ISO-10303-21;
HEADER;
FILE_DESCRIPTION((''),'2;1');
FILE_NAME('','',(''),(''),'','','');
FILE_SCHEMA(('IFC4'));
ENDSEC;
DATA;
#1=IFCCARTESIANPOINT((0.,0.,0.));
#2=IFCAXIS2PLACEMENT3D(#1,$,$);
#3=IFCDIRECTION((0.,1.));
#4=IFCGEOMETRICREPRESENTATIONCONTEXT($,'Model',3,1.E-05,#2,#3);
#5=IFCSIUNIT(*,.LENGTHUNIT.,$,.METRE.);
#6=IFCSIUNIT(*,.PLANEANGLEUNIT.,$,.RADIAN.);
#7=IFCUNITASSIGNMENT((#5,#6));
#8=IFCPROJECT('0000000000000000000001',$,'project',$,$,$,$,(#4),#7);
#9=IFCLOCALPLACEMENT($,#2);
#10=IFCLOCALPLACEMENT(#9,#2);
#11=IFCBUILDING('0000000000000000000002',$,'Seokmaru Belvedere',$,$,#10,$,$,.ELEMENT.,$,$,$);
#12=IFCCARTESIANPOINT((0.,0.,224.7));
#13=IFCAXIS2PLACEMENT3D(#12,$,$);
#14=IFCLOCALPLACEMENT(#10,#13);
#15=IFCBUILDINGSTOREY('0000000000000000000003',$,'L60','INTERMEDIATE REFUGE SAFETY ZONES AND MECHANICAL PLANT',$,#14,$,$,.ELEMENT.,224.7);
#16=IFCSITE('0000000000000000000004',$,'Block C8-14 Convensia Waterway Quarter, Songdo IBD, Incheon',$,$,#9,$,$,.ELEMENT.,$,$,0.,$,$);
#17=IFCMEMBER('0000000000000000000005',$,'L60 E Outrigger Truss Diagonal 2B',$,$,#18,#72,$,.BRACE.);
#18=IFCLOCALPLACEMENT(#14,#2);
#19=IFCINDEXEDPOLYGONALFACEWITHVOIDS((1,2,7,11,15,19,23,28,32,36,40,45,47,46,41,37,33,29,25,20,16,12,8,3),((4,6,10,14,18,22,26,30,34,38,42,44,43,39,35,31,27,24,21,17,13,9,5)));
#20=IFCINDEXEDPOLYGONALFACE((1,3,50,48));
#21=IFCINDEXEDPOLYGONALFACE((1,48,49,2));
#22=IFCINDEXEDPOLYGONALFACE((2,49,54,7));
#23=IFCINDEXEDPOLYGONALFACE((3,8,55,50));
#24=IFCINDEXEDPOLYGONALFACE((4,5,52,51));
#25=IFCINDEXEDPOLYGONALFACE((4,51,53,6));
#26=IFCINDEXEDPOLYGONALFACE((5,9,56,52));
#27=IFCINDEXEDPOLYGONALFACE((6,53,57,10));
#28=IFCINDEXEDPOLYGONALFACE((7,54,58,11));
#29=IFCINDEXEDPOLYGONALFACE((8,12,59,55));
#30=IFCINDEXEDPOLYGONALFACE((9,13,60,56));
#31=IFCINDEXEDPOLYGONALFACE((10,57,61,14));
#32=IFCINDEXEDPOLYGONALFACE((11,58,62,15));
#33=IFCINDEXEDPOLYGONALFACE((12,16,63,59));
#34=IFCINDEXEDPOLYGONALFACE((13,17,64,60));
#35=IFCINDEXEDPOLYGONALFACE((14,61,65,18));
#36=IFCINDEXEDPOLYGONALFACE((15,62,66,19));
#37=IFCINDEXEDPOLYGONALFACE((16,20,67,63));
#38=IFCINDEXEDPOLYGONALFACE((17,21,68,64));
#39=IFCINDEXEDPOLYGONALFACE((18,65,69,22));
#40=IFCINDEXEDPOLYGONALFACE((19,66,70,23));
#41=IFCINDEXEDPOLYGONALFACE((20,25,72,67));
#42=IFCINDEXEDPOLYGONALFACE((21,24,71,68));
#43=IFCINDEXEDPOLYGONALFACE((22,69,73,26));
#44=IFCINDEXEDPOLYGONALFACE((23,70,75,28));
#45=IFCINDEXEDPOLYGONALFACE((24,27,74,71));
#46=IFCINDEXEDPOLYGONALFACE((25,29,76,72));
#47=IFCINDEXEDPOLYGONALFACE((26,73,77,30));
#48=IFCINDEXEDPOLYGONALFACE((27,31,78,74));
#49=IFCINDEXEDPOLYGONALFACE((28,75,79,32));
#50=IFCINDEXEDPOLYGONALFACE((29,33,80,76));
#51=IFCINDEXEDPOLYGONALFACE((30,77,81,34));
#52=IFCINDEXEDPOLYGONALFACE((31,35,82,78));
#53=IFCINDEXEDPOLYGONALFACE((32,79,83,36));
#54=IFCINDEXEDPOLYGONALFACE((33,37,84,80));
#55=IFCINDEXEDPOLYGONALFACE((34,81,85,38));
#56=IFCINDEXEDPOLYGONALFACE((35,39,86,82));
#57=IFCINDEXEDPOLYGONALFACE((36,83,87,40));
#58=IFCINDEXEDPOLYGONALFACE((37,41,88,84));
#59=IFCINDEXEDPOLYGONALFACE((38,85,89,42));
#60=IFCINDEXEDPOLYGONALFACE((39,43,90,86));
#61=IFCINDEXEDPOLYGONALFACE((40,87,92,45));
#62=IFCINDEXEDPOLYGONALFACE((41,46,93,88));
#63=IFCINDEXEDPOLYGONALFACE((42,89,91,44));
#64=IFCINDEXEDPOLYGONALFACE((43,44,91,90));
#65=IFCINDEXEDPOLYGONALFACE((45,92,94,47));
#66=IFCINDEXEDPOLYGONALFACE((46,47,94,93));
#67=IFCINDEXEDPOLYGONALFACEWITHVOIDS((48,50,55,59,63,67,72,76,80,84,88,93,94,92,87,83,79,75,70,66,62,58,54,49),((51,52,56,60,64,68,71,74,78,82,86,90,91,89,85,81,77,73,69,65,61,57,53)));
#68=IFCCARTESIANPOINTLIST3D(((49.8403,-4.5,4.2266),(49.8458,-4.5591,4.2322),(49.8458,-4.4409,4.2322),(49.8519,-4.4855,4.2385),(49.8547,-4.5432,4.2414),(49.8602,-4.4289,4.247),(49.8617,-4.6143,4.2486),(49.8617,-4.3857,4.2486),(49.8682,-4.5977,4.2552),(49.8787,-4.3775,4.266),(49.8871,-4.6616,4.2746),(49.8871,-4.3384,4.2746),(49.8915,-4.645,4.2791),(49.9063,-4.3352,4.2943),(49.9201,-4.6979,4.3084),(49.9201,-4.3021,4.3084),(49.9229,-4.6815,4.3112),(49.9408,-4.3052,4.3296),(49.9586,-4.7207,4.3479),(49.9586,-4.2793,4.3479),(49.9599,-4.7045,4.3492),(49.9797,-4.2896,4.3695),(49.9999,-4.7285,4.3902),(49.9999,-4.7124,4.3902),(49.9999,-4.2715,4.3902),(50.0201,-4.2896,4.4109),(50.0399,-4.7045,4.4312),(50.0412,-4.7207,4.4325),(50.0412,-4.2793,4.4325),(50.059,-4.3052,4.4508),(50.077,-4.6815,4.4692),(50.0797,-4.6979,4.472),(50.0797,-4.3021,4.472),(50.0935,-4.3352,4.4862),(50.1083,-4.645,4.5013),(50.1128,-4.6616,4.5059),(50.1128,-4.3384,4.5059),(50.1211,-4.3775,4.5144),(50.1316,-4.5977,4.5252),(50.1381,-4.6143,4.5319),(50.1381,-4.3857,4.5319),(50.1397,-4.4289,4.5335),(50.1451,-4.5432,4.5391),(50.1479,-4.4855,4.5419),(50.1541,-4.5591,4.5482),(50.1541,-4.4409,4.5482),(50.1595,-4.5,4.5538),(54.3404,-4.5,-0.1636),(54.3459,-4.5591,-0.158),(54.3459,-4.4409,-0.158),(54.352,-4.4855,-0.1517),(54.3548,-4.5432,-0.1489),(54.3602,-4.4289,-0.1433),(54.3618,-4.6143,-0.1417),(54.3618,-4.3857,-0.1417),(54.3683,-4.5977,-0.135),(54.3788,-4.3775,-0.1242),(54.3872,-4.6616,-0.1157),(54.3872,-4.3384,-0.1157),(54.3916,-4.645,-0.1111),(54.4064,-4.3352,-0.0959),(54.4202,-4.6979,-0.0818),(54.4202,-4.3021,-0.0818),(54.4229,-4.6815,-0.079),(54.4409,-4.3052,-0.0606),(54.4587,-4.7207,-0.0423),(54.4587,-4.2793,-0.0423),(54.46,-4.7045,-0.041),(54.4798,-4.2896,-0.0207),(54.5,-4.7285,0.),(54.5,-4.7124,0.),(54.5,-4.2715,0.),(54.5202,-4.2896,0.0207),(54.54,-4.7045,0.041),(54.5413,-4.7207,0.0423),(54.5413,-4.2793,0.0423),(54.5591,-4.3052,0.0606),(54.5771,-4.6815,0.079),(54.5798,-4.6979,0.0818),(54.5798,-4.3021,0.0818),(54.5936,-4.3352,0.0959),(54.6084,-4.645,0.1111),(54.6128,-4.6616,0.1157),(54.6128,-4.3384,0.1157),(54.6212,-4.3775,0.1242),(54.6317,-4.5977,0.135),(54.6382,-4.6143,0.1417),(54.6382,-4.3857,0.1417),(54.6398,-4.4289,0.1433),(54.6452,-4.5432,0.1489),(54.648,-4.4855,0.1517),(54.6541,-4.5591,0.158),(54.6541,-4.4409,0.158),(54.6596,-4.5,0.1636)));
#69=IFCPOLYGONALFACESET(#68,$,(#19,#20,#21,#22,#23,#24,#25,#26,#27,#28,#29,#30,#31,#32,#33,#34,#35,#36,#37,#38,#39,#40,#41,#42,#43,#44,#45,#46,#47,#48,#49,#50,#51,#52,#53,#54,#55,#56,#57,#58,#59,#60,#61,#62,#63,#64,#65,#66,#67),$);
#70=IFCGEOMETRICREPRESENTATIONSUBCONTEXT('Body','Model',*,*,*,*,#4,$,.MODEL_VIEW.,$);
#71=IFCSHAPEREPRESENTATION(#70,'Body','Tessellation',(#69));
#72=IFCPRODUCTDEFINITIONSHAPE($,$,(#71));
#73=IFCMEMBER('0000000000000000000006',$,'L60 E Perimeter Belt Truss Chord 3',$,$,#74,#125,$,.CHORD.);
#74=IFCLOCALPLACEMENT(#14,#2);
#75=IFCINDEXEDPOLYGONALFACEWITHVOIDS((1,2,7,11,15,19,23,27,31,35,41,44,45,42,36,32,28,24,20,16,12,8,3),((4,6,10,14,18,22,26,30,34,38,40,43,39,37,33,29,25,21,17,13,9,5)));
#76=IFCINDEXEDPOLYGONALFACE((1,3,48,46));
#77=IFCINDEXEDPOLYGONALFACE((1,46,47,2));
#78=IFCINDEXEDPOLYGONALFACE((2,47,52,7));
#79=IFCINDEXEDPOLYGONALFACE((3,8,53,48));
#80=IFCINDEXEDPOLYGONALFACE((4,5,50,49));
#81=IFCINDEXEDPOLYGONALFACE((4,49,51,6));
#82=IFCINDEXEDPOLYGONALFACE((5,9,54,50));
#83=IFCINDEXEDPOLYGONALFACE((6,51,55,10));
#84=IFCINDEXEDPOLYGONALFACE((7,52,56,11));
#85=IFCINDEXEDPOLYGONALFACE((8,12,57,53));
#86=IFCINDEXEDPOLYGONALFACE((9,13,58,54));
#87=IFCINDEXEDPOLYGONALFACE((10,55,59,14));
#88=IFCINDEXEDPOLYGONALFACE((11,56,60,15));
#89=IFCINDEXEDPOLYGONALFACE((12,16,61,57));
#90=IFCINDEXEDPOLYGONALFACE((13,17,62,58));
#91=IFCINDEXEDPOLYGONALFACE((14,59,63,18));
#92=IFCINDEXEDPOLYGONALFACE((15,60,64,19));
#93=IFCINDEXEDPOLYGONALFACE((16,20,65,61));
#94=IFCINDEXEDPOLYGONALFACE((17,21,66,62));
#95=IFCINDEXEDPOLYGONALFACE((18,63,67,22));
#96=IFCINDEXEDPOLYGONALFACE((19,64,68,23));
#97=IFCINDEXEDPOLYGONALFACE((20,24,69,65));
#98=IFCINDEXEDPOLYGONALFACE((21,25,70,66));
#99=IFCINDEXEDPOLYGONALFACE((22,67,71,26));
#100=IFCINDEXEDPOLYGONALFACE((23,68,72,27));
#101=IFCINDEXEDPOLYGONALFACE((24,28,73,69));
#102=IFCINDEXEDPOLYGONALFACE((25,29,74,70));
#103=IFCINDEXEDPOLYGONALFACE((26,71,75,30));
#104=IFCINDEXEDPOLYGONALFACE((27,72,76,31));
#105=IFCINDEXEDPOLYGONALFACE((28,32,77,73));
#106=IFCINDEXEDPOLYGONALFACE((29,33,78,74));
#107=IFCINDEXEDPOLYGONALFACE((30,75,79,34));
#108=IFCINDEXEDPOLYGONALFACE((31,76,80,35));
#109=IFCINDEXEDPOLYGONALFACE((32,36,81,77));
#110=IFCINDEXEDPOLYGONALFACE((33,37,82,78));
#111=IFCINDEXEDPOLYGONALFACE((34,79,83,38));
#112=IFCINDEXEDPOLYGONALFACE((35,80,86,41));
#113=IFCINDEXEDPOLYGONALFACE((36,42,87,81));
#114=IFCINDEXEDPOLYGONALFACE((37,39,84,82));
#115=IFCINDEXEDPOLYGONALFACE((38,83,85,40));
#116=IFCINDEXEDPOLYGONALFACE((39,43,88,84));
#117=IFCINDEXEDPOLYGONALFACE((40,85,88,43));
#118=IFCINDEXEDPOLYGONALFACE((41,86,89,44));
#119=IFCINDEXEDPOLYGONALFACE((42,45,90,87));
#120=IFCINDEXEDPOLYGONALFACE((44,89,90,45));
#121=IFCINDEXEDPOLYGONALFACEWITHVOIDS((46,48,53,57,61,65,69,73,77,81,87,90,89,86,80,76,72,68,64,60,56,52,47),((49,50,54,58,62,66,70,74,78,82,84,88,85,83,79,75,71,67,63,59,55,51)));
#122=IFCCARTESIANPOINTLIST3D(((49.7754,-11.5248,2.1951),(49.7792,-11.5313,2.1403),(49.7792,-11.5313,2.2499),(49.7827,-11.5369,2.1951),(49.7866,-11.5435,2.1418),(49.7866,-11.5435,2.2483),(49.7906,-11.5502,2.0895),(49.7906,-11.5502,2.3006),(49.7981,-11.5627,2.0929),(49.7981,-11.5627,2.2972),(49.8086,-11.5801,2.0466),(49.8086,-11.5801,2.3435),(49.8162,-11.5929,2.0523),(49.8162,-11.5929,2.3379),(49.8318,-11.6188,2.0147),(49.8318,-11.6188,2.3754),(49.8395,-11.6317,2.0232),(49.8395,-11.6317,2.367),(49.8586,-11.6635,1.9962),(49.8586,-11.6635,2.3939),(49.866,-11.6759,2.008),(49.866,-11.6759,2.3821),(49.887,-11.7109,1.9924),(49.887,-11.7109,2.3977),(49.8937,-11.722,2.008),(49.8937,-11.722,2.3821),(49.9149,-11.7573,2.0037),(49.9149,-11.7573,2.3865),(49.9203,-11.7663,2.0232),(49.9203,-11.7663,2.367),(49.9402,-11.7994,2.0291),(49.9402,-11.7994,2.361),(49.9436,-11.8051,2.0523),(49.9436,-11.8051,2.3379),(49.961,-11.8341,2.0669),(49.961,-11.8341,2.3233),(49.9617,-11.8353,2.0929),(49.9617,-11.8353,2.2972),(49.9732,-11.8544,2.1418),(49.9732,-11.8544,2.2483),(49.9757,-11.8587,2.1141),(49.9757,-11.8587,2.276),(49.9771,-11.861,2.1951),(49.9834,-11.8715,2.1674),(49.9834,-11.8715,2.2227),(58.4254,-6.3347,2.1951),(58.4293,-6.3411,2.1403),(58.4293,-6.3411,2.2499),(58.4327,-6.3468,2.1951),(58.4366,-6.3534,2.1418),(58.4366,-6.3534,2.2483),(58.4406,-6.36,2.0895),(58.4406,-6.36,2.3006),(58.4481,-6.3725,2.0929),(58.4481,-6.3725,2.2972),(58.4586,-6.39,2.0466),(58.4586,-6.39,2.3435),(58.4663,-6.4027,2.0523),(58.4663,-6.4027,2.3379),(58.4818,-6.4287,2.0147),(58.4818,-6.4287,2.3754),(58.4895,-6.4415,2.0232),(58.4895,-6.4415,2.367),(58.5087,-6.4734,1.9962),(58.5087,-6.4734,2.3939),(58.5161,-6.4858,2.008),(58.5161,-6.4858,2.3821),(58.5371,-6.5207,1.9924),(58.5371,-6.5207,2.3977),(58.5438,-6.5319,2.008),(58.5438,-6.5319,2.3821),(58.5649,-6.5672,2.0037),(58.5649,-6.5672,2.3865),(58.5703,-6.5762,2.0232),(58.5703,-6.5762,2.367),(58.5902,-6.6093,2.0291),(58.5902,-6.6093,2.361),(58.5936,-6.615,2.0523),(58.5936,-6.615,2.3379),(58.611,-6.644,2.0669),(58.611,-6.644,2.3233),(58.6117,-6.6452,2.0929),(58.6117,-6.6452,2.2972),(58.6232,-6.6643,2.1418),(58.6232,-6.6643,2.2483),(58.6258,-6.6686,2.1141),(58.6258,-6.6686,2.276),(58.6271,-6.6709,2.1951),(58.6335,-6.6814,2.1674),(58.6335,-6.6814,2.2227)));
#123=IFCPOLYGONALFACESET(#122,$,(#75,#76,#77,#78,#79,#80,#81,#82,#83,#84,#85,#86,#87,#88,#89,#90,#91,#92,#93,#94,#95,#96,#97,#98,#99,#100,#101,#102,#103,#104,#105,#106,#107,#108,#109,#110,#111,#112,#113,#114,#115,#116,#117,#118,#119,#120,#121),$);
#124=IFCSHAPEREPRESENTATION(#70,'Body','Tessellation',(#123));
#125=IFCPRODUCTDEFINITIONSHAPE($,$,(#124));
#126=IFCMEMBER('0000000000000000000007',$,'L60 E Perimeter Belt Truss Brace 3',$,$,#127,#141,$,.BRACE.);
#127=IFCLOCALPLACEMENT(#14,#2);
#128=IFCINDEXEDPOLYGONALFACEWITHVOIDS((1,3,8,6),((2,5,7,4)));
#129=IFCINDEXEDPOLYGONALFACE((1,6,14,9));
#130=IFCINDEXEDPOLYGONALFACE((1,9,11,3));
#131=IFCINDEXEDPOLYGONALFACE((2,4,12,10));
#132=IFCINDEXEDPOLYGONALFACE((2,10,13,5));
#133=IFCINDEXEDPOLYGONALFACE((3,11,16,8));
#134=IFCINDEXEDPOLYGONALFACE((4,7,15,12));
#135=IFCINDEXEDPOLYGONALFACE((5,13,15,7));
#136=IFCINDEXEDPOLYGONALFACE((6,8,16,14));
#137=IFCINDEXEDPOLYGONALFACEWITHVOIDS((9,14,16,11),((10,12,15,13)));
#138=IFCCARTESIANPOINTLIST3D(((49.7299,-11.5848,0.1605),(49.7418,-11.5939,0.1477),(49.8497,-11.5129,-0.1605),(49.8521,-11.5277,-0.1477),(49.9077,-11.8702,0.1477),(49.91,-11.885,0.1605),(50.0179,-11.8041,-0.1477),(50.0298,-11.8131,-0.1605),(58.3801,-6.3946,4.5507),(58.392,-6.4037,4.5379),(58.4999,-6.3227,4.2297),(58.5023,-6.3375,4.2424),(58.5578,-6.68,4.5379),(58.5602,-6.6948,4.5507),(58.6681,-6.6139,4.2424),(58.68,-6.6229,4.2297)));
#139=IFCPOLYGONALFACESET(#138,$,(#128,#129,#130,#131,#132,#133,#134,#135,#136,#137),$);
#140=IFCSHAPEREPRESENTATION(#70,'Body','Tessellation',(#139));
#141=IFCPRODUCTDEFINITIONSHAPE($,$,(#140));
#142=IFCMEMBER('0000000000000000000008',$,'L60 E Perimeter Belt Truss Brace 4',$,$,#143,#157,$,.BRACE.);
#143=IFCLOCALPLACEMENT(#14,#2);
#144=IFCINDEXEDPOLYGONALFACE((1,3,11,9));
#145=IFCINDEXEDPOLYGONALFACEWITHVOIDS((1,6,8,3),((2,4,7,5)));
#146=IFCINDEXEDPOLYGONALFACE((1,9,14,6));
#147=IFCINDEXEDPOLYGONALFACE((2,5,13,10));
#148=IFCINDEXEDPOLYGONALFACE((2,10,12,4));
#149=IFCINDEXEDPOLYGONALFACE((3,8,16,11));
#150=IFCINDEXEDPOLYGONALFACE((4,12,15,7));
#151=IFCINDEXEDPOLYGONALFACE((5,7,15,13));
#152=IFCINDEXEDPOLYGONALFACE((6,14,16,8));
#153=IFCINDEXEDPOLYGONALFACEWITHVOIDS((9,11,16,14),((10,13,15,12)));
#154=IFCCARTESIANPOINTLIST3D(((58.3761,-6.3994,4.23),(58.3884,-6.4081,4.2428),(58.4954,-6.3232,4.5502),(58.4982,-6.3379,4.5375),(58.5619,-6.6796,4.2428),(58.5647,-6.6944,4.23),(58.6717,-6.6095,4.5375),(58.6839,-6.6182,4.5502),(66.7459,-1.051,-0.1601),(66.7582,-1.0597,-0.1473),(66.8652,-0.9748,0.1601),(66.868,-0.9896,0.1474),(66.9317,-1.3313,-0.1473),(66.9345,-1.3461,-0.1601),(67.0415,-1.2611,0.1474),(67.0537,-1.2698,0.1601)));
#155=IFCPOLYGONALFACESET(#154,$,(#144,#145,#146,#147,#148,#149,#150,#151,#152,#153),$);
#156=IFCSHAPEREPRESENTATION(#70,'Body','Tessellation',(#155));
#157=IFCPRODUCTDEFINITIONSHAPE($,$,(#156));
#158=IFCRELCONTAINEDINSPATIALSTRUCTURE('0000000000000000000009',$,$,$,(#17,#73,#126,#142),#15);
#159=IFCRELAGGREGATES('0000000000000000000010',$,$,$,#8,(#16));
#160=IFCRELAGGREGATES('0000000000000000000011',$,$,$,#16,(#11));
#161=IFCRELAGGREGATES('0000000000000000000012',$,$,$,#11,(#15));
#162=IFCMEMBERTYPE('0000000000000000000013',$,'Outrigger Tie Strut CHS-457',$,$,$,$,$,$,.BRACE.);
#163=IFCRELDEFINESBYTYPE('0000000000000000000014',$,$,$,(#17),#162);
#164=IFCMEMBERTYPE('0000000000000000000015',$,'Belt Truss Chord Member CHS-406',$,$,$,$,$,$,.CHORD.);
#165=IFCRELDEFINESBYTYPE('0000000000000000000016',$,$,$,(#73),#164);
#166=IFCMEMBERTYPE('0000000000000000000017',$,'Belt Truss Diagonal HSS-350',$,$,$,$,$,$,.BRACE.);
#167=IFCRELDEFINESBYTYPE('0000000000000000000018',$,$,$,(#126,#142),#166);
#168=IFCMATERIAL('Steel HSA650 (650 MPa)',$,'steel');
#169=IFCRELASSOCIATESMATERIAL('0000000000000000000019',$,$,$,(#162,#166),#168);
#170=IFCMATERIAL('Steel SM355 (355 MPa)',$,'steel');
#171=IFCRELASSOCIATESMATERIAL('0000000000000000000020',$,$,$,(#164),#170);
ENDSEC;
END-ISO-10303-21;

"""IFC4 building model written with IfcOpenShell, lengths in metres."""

from ifc_helpers import new_model, si_unit, direction, frame, origin, origin_2d, place, context, subcontext, project, spatial, hollow_rectangle, hollow_circle, extrude, source, transform, mapped, material, material_profile, profile_set, type_object, type_shapes, element, save


model = new_model("IFC4")

# Units and contexts
model_context = context("Model", 3, precision=1e-05, world=origin(), true_north=direction((0.0, 1.0)))
body_context = subcontext(model_context, "Body", "Model", "MODEL_VIEW")
ifc_project = project(units=[si_unit("LENGTHUNIT", "METRE"), si_unit("PLANEANGLEUNIT", "RADIAN")], contexts=[model_context])

# Site, building, storey
site_placement = place(None, origin())
site = spatial("IfcSite", under=ifc_project, at=site_placement, Name="Block C8-14 Convensia Waterway Quarter, Songdo IBD, Incheon", CompositionType="ELEMENT", RefElevation=0.0)
building_placement = place(site_placement, origin())
building = spatial("IfcBuilding", under=site, at=building_placement, Name="Seokmaru Belvedere", CompositionType="ELEMENT")
storey_placement = place(building_placement, frame((0.0, 0.0, 224.7)))
storey = spatial("IfcBuildingStorey", under=building, at=storey_placement, Name="L60", Description="INTERMEDIATE REFUGE SAFETY ZONES AND MECHANICAL PLANT", CompositionType="ELEMENT", Elevation=224.7)

# Shared definitions
ifc_material_1 = material(Name="Steel SM355 (355 MPa)", Category="steel")

# Members
ifc_material_2 = material(Name="Steel HSA650 (650 MPa)", Category="steel")
ifc_material_profile_1 = material_profile(ifc_material_2, hollow_circle(Radius=0.2285, WallThickness=0.0161, at=origin_2d()), Name="CHS-457.2x16.0")
ifc_profile_set_1 = profile_set([ifc_material_profile_1], Name="Steel HSA650 (650 MPa)")
member_type_1 = type_object("IfcMemberType", Name="Outrigger Tie Strut CHS-457", PredefinedType="BRACE", material=ifc_profile_set_1)
shared_shape_1 = source(origin(), body_context, "Body", "SweptSolid", [
    extrude(hollow_circle(Radius=0.2285, WallThickness=0.0161, at=origin_2d()), origin(), (0.0, 0.0, 1.0), 6.2869),
])
type_shapes(member_type_1, [shared_shape_1])
for number, where, z_axis, x_axis, name in (
    (1, (54.5, -4.5, 0.0), (-0.71579, 0.0, 0.698315), (0.0, -1.0, 0.0), "L60 E Outrigger Truss Diagonal 2B"),
):
    element("IfcMember", number, at=place(storey_placement, frame(where, z_axis=z_axis, x_axis=x_axis)), inside=storey, type_object=member_type_1, Name=name, PredefinedType="BRACE", context=body_context, shape_type="MappedRepresentation", body=[
        mapped(shared_shape_1, transform((0.0, 0.0, 0.0), scale=1.0)),
    ])
ifc_material_profile_2 = material_profile(ifc_material_1, hollow_circle(Radius=0.2031, WallThickness=0.0142, at=origin_2d()), Name="CHS-406.4x14.2")
ifc_profile_set_2 = profile_set([ifc_material_profile_2], Name="Steel SM355 (355 MPa)")
member_type_2 = type_object("IfcMemberType", Name="Belt Truss Chord Member CHS-406", PredefinedType="CHORD", material=ifc_profile_set_2)
shared_shape_2 = source(origin(), body_context, "Body", "SweptSolid", [
    extrude(hollow_circle(Radius=0.2031, WallThickness=0.0142, at=origin_2d()), origin(), (0.0, 0.0, 1.0), 10.0876),
])
member_1_placement = place(storey_placement, frame((49.8799, -11.699, 2.1951), z_axis=(0.857489, 0.514503, 0.0), x_axis=(-0.514503, 0.857489, 0.0)))
element("IfcMember", 2, at=member_1_placement, inside=storey, type_object=member_type_2, Name="L60 E Perimeter Belt Truss Chord 3", PredefinedType="CHORD", context=body_context, shape_type="MappedRepresentation", body=[
    mapped(shared_shape_2, transform((0.0, 0.0, 0.0), scale=1.0)),
])
ifc_material_profile_3 = material_profile(ifc_material_2, hollow_rectangle(XDim=0.3501, YDim=0.3501, WallThickness=0.0139, at=origin_2d()), Name="HSS-350x350x14")
ifc_profile_set_3 = profile_set([ifc_material_profile_3], Name="Steel HSA650 (650 MPa)")
member_type_3 = type_object("IfcMemberType", Name="Belt Truss Diagonal HSS-350", PredefinedType="BRACE", material=ifc_profile_set_3)
shared_shape_3 = source(origin(), body_context, "Body", "SweptSolid", [
    extrude(hollow_rectangle(XDim=0.3501, YDim=0.3501, WallThickness=0.0139, at=origin_2d()), origin(), (0.0, 0.0, 1.0), 11.0017),
])
member_2_placement = place(storey_placement, frame((49.8799, -11.699, 0.0), z_axis=(0.786259, 0.471764, 0.399043), x_axis=(-0.514503, 0.857489, 0.0)))
element("IfcMember", 3, at=member_2_placement, inside=storey, type_object=member_type_3, Name="L60 E Perimeter Belt Truss Brace 3", PredefinedType="BRACE", context=body_context, shape_type="MappedRepresentation", body=[
    mapped(shared_shape_3, transform((0.0, 0.0, 0.0), scale=1.0)),
])
shared_shape_4 = source(origin(), body_context, "Body", "SweptSolid", [
    extrude(hollow_rectangle(XDim=0.3501, YDim=0.3501, WallThickness=0.0139, at=origin_2d()), origin(), (0.0, 0.0, 1.0), 10.8596),
])
type_shapes(member_type_3, [shared_shape_3, shared_shape_4])
member_3_placement = place(storey_placement, frame((58.53, -6.5088, 4.3901), z_axis=(0.770727, 0.492498, -0.404259), x_axis=(-0.538459, 0.842652, 0.0)))
element("IfcMember", 4, at=member_3_placement, inside=storey, type_object=member_type_3, Name="L60 E Perimeter Belt Truss Brace 4", PredefinedType="BRACE", context=body_context, shape_type="MappedRepresentation", body=[
    mapped(shared_shape_4, transform((0.0, 0.0, 0.0), scale=1.0)),
])

save(model, "model.ifc")
